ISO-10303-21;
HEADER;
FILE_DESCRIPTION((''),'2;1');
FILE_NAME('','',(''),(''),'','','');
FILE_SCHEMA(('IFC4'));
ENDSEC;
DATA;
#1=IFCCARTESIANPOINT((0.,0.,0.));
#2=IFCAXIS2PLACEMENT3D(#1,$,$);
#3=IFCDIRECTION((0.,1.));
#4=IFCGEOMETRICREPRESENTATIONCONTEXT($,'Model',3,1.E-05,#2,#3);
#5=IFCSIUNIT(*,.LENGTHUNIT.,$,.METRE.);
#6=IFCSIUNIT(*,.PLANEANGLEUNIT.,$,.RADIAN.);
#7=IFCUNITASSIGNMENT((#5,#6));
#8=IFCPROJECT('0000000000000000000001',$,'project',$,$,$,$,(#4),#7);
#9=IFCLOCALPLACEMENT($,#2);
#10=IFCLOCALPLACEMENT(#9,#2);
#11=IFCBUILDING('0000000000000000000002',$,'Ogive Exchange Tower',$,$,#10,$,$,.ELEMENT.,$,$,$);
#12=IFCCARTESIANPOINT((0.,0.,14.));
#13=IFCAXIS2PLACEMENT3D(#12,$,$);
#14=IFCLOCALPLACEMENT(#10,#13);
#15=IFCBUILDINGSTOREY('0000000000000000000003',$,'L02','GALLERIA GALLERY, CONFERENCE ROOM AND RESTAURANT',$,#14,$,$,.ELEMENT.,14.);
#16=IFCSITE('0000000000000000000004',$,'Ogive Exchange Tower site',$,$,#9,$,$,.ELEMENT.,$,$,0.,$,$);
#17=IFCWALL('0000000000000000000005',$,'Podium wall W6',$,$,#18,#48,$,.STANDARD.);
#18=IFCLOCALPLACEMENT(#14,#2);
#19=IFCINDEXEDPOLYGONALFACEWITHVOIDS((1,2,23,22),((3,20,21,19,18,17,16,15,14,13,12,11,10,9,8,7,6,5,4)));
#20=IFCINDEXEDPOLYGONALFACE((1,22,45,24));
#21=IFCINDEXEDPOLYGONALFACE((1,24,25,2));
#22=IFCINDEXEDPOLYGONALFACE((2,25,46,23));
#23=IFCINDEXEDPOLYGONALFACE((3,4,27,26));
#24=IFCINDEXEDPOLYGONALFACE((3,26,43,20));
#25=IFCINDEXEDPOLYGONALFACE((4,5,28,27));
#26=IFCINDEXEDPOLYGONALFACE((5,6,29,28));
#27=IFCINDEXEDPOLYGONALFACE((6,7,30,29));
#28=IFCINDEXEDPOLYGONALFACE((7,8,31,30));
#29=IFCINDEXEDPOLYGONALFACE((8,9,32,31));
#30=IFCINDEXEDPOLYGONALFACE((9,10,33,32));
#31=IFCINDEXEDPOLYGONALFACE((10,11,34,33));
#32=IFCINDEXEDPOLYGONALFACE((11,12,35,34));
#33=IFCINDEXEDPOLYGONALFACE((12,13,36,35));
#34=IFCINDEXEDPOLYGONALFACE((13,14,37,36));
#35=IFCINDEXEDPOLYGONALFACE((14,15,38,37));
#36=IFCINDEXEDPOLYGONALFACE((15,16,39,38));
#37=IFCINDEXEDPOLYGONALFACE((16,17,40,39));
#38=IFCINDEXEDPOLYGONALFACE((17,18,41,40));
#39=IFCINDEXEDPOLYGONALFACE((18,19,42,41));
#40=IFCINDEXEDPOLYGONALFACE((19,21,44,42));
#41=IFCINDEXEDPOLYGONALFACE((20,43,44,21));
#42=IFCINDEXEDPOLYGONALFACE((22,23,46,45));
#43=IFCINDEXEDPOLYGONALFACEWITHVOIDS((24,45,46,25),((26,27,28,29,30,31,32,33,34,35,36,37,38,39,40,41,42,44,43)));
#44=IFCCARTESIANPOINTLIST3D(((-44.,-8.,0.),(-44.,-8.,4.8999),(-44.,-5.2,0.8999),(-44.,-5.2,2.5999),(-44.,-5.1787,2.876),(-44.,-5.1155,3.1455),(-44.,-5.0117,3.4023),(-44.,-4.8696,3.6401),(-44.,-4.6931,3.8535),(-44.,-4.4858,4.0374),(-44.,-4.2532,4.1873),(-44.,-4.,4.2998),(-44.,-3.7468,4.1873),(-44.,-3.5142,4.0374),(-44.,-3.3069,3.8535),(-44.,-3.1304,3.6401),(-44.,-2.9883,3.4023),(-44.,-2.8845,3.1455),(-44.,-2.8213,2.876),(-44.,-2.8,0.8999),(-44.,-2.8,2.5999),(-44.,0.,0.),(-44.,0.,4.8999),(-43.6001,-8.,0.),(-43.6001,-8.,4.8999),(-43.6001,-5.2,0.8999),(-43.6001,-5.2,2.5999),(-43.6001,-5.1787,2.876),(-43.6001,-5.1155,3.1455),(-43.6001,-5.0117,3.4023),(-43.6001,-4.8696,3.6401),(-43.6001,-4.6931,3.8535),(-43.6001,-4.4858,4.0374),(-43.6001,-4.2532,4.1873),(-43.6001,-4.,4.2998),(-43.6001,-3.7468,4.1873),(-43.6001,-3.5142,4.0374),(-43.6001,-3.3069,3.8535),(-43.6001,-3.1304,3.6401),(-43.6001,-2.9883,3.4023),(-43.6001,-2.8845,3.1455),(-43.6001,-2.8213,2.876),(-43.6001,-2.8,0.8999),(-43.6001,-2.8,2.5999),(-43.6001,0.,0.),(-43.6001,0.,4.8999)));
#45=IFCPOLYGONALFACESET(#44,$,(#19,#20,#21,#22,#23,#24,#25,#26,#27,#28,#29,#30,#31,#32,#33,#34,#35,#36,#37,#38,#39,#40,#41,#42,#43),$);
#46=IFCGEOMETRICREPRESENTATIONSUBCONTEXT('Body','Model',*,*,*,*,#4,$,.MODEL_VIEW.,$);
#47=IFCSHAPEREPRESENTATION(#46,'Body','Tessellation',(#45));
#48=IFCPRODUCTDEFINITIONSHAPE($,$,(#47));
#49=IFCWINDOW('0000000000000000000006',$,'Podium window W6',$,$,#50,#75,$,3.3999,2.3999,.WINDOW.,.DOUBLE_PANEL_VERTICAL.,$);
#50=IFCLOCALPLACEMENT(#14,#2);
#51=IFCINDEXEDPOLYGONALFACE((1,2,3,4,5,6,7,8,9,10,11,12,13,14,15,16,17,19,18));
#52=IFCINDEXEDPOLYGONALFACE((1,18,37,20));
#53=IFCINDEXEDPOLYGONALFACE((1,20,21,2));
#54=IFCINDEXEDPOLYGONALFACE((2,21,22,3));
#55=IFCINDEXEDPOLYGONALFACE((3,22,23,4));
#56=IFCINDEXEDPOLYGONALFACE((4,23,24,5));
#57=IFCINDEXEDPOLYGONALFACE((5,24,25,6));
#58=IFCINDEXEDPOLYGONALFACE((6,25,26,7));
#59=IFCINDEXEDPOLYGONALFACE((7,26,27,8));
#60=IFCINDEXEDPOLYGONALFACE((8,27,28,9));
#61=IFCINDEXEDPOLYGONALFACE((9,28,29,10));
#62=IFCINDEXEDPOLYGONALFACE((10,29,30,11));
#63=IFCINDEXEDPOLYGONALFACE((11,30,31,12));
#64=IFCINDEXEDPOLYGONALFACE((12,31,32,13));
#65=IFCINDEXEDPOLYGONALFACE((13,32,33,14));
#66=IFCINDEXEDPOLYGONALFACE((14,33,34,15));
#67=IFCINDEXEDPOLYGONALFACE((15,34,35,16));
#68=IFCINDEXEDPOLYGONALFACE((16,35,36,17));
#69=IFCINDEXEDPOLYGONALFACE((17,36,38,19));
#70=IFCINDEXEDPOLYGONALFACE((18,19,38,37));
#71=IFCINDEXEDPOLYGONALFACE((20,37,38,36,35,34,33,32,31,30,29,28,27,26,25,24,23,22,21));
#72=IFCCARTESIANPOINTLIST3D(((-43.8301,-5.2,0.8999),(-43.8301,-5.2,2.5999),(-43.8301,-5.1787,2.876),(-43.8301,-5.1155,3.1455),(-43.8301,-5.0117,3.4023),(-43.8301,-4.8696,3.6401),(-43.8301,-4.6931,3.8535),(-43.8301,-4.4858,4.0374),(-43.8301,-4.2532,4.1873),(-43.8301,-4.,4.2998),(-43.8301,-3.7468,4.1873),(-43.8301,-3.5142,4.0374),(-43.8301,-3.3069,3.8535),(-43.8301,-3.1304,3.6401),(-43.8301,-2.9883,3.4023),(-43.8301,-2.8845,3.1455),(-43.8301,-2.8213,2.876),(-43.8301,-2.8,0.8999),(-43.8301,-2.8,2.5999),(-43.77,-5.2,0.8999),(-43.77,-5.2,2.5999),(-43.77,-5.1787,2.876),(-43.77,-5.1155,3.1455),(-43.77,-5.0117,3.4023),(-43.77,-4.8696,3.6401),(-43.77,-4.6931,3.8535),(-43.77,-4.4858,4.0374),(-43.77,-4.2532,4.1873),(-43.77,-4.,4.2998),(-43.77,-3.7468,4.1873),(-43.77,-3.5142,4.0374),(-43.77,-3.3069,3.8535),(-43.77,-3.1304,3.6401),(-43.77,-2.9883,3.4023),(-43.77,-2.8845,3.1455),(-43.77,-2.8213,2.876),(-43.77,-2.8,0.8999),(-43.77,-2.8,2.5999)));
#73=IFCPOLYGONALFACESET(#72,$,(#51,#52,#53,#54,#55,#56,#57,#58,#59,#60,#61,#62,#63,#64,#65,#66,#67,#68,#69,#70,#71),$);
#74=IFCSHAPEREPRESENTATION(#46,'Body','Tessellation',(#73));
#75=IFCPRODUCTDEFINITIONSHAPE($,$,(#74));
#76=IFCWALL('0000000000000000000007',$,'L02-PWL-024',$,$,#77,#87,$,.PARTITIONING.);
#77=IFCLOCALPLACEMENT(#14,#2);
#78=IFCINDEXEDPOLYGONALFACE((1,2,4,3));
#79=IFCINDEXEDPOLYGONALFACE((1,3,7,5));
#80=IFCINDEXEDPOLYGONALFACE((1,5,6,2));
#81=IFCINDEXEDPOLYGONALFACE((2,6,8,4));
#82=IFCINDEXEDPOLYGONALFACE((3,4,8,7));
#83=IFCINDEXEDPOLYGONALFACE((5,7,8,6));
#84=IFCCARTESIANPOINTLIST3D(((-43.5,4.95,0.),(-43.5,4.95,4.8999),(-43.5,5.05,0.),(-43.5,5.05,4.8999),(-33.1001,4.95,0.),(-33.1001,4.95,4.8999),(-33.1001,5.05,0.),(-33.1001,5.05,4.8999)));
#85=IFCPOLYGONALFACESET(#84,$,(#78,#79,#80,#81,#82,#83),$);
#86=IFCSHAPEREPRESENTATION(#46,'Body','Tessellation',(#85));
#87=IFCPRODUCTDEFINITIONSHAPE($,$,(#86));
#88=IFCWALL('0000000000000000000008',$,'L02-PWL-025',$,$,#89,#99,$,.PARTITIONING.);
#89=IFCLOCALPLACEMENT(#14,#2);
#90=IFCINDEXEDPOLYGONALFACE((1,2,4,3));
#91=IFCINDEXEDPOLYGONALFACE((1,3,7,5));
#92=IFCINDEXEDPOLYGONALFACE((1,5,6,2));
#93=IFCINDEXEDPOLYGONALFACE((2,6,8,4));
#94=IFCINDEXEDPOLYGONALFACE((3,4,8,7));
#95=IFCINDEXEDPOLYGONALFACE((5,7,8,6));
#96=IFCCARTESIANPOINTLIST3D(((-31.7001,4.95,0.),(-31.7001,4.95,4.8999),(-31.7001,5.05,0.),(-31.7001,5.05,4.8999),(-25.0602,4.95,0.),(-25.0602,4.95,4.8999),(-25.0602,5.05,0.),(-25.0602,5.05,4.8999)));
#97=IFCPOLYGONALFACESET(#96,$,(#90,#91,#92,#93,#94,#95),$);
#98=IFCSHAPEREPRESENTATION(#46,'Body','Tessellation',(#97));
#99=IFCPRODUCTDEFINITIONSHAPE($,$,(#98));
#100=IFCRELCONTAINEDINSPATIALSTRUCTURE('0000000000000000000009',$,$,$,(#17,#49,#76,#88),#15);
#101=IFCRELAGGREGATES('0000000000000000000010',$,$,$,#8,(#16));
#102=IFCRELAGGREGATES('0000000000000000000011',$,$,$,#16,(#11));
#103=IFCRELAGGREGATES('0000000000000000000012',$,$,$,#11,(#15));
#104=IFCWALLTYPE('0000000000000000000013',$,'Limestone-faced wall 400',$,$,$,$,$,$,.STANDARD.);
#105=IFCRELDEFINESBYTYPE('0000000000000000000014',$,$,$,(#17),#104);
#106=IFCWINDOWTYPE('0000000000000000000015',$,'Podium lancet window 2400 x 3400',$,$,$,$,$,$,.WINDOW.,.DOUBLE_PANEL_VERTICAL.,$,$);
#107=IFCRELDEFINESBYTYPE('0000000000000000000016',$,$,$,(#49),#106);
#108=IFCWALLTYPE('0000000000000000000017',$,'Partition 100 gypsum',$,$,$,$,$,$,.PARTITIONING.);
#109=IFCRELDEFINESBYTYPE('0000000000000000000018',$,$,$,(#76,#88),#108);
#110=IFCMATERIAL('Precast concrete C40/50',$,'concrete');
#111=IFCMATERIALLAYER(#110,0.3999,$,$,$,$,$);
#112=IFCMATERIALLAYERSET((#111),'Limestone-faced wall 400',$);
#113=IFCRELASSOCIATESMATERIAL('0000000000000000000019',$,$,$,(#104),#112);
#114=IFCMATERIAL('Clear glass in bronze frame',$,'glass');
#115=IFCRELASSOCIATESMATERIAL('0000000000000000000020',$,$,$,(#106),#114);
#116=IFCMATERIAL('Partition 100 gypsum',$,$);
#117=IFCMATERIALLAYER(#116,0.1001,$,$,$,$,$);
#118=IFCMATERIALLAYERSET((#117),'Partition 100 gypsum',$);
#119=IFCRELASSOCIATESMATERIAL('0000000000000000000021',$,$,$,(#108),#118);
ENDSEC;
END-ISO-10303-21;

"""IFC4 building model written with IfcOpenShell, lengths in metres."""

from ifc_helpers import new_model, si_unit, direction, frame, frame_2d, origin, place, context, subcontext, project, spatial, polyline, rectangle, outline, extrude, material, layer, layer_set, type_object, element, fill, save


model = new_model("IFC4")

# Units and contexts
model_context = context("Model", 3, precision=1e-05, world=origin(), true_north=direction((0.0, 1.0)))
body_context = subcontext(model_context, "Body", "Model", "MODEL_VIEW")
ifc_project = project(units=[si_unit("LENGTHUNIT", "METRE"), si_unit("PLANEANGLEUNIT", "RADIAN")], contexts=[model_context])

# Site, building, storey
site_placement = place(None, origin())
site = spatial("IfcSite", under=ifc_project, at=site_placement, Name="Ogive Exchange Tower site", CompositionType="ELEMENT", RefElevation=0.0)
building_placement = place(site_placement, origin())
building = spatial("IfcBuilding", under=site, at=building_placement, Name="Ogive Exchange Tower", CompositionType="ELEMENT")
storey_placement = place(building_placement, frame((0.0, 0.0, 14.0)))
storey = spatial("IfcBuildingStorey", under=building, at=storey_placement, Name="L02", Description="GALLERIA GALLERY, CONFERENCE ROOM AND RESTAURANT", CompositionType="ELEMENT", Elevation=14.0)

# Wall, opening, window
ifc_material_1 = material(Name="Precast concrete C40/50", Category="concrete")
ifc_layer_1 = layer(ifc_material_1, 0.3999)
ifc_layer_set_1 = layer_set([ifc_layer_1], Name="Limestone-faced wall 400")
wall_type_1 = type_object("IfcWallType", Name="Limestone-faced wall 400", PredefinedType="STANDARD", material=ifc_layer_set_1)
wall_1_placement = place(storey_placement, frame((-43.8, 0.0, 0.0), z_axis=(0.0, 0.0, 1.0), x_axis=(0.0, -1.0, 0.0)))
wall_1 = element("IfcWall", 1, at=wall_1_placement, inside=storey, type_object=wall_type_1, Name="Podium wall W6", PredefinedType="STANDARD", context=body_context, shape_type="SweptSolid", body=[
    extrude(rectangle(XDim=8.0, YDim=0.3999, at=frame_2d((4.0, 0.0))), origin(), (0.0, 0.0, 1.0), 4.8999),
])
opening_1_placement = place(wall_1_placement, frame((2.8, 0.0, 0.8999)))
opening_1 = element("IfcOpeningElement", 2, at=opening_1_placement, cuts=wall_1, PredefinedType="OPENING", context=body_context, shape_type="SweptSolid", body=[
    extrude(outline(polyline([(0.0, 0.0), (2.3999, 0.0), (2.3999, 1.7), (2.3787, 1.9761), (2.3154, 2.2456), (2.2117, 2.5024), (2.0696, 2.7402), (1.8931, 2.9536), (1.6858, 3.1375), (1.4531, 3.2874), (1.2, 3.3999), (0.9468, 3.2874), (0.7141, 3.1375), (0.5068, 2.9536), (0.3303, 2.7402), (0.1882, 2.5024), (0.0845, 2.2456), (0.0212, 1.9761), (0.0, 1.7), (0.0, 0.0)])), frame((0.0, 0.21, 0.0), z_axis=(0.0, -1.0, 0.0), x_axis=(1.0, 0.0, 0.0)), (0.0, 0.0, 1.0), 0.4199),
])
ifc_material_2 = material(Name="Clear glass in bronze frame", Category="glass")
window_type = type_object("IfcWindowType", Name="Podium lancet window 2400 x 3400", PartitioningType="DOUBLE_PANEL_VERTICAL", PredefinedType="WINDOW", material=ifc_material_2)
window_placement = place(opening_1_placement, origin())
window = element("IfcWindow", 3, at=window_placement, inside=storey, type_object=window_type, Name="Podium window W6", OverallHeight=3.3999, OverallWidth=2.3999, PartitioningType="DOUBLE_PANEL_VERTICAL", PredefinedType="WINDOW", context=body_context, shape_type="SweptSolid", body=[
    extrude(outline(polyline([(0.0, 0.0), (2.3999, 0.0), (2.3999, 1.7), (2.3787, 1.9761), (2.3154, 2.2456), (2.2117, 2.5024), (2.0696, 2.7402), (1.8931, 2.9536), (1.6858, 3.1375), (1.4531, 3.2874), (1.2, 3.3999), (0.9468, 3.2874), (0.7141, 3.1375), (0.5068, 2.9536), (0.3303, 2.7402), (0.1882, 2.5024), (0.0845, 2.2456), (0.0212, 1.9761), (0.0, 1.7), (0.0, 0.0)])), frame((0.0, 0.03, 0.0), z_axis=(0.0, -1.0, 0.0), x_axis=(1.0, 0.0, 0.0)), (0.0, 0.0, 1.0), 0.0601),
])
fill(opening_1, window)

# Walls
ifc_material_3 = material(Name="Partition 100 gypsum")
ifc_layer_2 = layer(ifc_material_3, 0.1001)
ifc_layer_set_2 = layer_set([ifc_layer_2], Name="Partition 100 gypsum")
wall_type_2 = type_object("IfcWallType", Name="Partition 100 gypsum", PredefinedType="PARTITIONING", material=ifc_layer_set_2)
wall_2_placement = place(storey_placement, frame((-43.5, 5.0, 0.0), z_axis=(0.0, 0.0, 1.0), x_axis=(1.0, 0.0, 0.0)))
element("IfcWall", 4, at=wall_2_placement, inside=storey, type_object=wall_type_2, Name="L02-PWL-024", PredefinedType="PARTITIONING", context=body_context, shape_type="SweptSolid", body=[
    extrude(rectangle(XDim=10.3999, YDim=0.1001, at=frame_2d((5.2, 0.0))), origin(), (0.0, 0.0, 1.0), 4.8999),
])
wall_3_placement = place(storey_placement, frame((-31.7, 5.0, 0.0), z_axis=(0.0, 0.0, 1.0), x_axis=(1.0, 0.0, 0.0)))
element("IfcWall", 5, at=wall_3_placement, inside=storey, type_object=wall_type_2, Name="L02-PWL-025", PredefinedType="PARTITIONING", context=body_context, shape_type="SweptSolid", body=[
    extrude(rectangle(XDim=6.6399, YDim=0.1001, at=frame_2d((3.3198, 0.0))), origin(), (0.0, 0.0, 1.0), 4.8999),
])

save(model, "model.ifc")
